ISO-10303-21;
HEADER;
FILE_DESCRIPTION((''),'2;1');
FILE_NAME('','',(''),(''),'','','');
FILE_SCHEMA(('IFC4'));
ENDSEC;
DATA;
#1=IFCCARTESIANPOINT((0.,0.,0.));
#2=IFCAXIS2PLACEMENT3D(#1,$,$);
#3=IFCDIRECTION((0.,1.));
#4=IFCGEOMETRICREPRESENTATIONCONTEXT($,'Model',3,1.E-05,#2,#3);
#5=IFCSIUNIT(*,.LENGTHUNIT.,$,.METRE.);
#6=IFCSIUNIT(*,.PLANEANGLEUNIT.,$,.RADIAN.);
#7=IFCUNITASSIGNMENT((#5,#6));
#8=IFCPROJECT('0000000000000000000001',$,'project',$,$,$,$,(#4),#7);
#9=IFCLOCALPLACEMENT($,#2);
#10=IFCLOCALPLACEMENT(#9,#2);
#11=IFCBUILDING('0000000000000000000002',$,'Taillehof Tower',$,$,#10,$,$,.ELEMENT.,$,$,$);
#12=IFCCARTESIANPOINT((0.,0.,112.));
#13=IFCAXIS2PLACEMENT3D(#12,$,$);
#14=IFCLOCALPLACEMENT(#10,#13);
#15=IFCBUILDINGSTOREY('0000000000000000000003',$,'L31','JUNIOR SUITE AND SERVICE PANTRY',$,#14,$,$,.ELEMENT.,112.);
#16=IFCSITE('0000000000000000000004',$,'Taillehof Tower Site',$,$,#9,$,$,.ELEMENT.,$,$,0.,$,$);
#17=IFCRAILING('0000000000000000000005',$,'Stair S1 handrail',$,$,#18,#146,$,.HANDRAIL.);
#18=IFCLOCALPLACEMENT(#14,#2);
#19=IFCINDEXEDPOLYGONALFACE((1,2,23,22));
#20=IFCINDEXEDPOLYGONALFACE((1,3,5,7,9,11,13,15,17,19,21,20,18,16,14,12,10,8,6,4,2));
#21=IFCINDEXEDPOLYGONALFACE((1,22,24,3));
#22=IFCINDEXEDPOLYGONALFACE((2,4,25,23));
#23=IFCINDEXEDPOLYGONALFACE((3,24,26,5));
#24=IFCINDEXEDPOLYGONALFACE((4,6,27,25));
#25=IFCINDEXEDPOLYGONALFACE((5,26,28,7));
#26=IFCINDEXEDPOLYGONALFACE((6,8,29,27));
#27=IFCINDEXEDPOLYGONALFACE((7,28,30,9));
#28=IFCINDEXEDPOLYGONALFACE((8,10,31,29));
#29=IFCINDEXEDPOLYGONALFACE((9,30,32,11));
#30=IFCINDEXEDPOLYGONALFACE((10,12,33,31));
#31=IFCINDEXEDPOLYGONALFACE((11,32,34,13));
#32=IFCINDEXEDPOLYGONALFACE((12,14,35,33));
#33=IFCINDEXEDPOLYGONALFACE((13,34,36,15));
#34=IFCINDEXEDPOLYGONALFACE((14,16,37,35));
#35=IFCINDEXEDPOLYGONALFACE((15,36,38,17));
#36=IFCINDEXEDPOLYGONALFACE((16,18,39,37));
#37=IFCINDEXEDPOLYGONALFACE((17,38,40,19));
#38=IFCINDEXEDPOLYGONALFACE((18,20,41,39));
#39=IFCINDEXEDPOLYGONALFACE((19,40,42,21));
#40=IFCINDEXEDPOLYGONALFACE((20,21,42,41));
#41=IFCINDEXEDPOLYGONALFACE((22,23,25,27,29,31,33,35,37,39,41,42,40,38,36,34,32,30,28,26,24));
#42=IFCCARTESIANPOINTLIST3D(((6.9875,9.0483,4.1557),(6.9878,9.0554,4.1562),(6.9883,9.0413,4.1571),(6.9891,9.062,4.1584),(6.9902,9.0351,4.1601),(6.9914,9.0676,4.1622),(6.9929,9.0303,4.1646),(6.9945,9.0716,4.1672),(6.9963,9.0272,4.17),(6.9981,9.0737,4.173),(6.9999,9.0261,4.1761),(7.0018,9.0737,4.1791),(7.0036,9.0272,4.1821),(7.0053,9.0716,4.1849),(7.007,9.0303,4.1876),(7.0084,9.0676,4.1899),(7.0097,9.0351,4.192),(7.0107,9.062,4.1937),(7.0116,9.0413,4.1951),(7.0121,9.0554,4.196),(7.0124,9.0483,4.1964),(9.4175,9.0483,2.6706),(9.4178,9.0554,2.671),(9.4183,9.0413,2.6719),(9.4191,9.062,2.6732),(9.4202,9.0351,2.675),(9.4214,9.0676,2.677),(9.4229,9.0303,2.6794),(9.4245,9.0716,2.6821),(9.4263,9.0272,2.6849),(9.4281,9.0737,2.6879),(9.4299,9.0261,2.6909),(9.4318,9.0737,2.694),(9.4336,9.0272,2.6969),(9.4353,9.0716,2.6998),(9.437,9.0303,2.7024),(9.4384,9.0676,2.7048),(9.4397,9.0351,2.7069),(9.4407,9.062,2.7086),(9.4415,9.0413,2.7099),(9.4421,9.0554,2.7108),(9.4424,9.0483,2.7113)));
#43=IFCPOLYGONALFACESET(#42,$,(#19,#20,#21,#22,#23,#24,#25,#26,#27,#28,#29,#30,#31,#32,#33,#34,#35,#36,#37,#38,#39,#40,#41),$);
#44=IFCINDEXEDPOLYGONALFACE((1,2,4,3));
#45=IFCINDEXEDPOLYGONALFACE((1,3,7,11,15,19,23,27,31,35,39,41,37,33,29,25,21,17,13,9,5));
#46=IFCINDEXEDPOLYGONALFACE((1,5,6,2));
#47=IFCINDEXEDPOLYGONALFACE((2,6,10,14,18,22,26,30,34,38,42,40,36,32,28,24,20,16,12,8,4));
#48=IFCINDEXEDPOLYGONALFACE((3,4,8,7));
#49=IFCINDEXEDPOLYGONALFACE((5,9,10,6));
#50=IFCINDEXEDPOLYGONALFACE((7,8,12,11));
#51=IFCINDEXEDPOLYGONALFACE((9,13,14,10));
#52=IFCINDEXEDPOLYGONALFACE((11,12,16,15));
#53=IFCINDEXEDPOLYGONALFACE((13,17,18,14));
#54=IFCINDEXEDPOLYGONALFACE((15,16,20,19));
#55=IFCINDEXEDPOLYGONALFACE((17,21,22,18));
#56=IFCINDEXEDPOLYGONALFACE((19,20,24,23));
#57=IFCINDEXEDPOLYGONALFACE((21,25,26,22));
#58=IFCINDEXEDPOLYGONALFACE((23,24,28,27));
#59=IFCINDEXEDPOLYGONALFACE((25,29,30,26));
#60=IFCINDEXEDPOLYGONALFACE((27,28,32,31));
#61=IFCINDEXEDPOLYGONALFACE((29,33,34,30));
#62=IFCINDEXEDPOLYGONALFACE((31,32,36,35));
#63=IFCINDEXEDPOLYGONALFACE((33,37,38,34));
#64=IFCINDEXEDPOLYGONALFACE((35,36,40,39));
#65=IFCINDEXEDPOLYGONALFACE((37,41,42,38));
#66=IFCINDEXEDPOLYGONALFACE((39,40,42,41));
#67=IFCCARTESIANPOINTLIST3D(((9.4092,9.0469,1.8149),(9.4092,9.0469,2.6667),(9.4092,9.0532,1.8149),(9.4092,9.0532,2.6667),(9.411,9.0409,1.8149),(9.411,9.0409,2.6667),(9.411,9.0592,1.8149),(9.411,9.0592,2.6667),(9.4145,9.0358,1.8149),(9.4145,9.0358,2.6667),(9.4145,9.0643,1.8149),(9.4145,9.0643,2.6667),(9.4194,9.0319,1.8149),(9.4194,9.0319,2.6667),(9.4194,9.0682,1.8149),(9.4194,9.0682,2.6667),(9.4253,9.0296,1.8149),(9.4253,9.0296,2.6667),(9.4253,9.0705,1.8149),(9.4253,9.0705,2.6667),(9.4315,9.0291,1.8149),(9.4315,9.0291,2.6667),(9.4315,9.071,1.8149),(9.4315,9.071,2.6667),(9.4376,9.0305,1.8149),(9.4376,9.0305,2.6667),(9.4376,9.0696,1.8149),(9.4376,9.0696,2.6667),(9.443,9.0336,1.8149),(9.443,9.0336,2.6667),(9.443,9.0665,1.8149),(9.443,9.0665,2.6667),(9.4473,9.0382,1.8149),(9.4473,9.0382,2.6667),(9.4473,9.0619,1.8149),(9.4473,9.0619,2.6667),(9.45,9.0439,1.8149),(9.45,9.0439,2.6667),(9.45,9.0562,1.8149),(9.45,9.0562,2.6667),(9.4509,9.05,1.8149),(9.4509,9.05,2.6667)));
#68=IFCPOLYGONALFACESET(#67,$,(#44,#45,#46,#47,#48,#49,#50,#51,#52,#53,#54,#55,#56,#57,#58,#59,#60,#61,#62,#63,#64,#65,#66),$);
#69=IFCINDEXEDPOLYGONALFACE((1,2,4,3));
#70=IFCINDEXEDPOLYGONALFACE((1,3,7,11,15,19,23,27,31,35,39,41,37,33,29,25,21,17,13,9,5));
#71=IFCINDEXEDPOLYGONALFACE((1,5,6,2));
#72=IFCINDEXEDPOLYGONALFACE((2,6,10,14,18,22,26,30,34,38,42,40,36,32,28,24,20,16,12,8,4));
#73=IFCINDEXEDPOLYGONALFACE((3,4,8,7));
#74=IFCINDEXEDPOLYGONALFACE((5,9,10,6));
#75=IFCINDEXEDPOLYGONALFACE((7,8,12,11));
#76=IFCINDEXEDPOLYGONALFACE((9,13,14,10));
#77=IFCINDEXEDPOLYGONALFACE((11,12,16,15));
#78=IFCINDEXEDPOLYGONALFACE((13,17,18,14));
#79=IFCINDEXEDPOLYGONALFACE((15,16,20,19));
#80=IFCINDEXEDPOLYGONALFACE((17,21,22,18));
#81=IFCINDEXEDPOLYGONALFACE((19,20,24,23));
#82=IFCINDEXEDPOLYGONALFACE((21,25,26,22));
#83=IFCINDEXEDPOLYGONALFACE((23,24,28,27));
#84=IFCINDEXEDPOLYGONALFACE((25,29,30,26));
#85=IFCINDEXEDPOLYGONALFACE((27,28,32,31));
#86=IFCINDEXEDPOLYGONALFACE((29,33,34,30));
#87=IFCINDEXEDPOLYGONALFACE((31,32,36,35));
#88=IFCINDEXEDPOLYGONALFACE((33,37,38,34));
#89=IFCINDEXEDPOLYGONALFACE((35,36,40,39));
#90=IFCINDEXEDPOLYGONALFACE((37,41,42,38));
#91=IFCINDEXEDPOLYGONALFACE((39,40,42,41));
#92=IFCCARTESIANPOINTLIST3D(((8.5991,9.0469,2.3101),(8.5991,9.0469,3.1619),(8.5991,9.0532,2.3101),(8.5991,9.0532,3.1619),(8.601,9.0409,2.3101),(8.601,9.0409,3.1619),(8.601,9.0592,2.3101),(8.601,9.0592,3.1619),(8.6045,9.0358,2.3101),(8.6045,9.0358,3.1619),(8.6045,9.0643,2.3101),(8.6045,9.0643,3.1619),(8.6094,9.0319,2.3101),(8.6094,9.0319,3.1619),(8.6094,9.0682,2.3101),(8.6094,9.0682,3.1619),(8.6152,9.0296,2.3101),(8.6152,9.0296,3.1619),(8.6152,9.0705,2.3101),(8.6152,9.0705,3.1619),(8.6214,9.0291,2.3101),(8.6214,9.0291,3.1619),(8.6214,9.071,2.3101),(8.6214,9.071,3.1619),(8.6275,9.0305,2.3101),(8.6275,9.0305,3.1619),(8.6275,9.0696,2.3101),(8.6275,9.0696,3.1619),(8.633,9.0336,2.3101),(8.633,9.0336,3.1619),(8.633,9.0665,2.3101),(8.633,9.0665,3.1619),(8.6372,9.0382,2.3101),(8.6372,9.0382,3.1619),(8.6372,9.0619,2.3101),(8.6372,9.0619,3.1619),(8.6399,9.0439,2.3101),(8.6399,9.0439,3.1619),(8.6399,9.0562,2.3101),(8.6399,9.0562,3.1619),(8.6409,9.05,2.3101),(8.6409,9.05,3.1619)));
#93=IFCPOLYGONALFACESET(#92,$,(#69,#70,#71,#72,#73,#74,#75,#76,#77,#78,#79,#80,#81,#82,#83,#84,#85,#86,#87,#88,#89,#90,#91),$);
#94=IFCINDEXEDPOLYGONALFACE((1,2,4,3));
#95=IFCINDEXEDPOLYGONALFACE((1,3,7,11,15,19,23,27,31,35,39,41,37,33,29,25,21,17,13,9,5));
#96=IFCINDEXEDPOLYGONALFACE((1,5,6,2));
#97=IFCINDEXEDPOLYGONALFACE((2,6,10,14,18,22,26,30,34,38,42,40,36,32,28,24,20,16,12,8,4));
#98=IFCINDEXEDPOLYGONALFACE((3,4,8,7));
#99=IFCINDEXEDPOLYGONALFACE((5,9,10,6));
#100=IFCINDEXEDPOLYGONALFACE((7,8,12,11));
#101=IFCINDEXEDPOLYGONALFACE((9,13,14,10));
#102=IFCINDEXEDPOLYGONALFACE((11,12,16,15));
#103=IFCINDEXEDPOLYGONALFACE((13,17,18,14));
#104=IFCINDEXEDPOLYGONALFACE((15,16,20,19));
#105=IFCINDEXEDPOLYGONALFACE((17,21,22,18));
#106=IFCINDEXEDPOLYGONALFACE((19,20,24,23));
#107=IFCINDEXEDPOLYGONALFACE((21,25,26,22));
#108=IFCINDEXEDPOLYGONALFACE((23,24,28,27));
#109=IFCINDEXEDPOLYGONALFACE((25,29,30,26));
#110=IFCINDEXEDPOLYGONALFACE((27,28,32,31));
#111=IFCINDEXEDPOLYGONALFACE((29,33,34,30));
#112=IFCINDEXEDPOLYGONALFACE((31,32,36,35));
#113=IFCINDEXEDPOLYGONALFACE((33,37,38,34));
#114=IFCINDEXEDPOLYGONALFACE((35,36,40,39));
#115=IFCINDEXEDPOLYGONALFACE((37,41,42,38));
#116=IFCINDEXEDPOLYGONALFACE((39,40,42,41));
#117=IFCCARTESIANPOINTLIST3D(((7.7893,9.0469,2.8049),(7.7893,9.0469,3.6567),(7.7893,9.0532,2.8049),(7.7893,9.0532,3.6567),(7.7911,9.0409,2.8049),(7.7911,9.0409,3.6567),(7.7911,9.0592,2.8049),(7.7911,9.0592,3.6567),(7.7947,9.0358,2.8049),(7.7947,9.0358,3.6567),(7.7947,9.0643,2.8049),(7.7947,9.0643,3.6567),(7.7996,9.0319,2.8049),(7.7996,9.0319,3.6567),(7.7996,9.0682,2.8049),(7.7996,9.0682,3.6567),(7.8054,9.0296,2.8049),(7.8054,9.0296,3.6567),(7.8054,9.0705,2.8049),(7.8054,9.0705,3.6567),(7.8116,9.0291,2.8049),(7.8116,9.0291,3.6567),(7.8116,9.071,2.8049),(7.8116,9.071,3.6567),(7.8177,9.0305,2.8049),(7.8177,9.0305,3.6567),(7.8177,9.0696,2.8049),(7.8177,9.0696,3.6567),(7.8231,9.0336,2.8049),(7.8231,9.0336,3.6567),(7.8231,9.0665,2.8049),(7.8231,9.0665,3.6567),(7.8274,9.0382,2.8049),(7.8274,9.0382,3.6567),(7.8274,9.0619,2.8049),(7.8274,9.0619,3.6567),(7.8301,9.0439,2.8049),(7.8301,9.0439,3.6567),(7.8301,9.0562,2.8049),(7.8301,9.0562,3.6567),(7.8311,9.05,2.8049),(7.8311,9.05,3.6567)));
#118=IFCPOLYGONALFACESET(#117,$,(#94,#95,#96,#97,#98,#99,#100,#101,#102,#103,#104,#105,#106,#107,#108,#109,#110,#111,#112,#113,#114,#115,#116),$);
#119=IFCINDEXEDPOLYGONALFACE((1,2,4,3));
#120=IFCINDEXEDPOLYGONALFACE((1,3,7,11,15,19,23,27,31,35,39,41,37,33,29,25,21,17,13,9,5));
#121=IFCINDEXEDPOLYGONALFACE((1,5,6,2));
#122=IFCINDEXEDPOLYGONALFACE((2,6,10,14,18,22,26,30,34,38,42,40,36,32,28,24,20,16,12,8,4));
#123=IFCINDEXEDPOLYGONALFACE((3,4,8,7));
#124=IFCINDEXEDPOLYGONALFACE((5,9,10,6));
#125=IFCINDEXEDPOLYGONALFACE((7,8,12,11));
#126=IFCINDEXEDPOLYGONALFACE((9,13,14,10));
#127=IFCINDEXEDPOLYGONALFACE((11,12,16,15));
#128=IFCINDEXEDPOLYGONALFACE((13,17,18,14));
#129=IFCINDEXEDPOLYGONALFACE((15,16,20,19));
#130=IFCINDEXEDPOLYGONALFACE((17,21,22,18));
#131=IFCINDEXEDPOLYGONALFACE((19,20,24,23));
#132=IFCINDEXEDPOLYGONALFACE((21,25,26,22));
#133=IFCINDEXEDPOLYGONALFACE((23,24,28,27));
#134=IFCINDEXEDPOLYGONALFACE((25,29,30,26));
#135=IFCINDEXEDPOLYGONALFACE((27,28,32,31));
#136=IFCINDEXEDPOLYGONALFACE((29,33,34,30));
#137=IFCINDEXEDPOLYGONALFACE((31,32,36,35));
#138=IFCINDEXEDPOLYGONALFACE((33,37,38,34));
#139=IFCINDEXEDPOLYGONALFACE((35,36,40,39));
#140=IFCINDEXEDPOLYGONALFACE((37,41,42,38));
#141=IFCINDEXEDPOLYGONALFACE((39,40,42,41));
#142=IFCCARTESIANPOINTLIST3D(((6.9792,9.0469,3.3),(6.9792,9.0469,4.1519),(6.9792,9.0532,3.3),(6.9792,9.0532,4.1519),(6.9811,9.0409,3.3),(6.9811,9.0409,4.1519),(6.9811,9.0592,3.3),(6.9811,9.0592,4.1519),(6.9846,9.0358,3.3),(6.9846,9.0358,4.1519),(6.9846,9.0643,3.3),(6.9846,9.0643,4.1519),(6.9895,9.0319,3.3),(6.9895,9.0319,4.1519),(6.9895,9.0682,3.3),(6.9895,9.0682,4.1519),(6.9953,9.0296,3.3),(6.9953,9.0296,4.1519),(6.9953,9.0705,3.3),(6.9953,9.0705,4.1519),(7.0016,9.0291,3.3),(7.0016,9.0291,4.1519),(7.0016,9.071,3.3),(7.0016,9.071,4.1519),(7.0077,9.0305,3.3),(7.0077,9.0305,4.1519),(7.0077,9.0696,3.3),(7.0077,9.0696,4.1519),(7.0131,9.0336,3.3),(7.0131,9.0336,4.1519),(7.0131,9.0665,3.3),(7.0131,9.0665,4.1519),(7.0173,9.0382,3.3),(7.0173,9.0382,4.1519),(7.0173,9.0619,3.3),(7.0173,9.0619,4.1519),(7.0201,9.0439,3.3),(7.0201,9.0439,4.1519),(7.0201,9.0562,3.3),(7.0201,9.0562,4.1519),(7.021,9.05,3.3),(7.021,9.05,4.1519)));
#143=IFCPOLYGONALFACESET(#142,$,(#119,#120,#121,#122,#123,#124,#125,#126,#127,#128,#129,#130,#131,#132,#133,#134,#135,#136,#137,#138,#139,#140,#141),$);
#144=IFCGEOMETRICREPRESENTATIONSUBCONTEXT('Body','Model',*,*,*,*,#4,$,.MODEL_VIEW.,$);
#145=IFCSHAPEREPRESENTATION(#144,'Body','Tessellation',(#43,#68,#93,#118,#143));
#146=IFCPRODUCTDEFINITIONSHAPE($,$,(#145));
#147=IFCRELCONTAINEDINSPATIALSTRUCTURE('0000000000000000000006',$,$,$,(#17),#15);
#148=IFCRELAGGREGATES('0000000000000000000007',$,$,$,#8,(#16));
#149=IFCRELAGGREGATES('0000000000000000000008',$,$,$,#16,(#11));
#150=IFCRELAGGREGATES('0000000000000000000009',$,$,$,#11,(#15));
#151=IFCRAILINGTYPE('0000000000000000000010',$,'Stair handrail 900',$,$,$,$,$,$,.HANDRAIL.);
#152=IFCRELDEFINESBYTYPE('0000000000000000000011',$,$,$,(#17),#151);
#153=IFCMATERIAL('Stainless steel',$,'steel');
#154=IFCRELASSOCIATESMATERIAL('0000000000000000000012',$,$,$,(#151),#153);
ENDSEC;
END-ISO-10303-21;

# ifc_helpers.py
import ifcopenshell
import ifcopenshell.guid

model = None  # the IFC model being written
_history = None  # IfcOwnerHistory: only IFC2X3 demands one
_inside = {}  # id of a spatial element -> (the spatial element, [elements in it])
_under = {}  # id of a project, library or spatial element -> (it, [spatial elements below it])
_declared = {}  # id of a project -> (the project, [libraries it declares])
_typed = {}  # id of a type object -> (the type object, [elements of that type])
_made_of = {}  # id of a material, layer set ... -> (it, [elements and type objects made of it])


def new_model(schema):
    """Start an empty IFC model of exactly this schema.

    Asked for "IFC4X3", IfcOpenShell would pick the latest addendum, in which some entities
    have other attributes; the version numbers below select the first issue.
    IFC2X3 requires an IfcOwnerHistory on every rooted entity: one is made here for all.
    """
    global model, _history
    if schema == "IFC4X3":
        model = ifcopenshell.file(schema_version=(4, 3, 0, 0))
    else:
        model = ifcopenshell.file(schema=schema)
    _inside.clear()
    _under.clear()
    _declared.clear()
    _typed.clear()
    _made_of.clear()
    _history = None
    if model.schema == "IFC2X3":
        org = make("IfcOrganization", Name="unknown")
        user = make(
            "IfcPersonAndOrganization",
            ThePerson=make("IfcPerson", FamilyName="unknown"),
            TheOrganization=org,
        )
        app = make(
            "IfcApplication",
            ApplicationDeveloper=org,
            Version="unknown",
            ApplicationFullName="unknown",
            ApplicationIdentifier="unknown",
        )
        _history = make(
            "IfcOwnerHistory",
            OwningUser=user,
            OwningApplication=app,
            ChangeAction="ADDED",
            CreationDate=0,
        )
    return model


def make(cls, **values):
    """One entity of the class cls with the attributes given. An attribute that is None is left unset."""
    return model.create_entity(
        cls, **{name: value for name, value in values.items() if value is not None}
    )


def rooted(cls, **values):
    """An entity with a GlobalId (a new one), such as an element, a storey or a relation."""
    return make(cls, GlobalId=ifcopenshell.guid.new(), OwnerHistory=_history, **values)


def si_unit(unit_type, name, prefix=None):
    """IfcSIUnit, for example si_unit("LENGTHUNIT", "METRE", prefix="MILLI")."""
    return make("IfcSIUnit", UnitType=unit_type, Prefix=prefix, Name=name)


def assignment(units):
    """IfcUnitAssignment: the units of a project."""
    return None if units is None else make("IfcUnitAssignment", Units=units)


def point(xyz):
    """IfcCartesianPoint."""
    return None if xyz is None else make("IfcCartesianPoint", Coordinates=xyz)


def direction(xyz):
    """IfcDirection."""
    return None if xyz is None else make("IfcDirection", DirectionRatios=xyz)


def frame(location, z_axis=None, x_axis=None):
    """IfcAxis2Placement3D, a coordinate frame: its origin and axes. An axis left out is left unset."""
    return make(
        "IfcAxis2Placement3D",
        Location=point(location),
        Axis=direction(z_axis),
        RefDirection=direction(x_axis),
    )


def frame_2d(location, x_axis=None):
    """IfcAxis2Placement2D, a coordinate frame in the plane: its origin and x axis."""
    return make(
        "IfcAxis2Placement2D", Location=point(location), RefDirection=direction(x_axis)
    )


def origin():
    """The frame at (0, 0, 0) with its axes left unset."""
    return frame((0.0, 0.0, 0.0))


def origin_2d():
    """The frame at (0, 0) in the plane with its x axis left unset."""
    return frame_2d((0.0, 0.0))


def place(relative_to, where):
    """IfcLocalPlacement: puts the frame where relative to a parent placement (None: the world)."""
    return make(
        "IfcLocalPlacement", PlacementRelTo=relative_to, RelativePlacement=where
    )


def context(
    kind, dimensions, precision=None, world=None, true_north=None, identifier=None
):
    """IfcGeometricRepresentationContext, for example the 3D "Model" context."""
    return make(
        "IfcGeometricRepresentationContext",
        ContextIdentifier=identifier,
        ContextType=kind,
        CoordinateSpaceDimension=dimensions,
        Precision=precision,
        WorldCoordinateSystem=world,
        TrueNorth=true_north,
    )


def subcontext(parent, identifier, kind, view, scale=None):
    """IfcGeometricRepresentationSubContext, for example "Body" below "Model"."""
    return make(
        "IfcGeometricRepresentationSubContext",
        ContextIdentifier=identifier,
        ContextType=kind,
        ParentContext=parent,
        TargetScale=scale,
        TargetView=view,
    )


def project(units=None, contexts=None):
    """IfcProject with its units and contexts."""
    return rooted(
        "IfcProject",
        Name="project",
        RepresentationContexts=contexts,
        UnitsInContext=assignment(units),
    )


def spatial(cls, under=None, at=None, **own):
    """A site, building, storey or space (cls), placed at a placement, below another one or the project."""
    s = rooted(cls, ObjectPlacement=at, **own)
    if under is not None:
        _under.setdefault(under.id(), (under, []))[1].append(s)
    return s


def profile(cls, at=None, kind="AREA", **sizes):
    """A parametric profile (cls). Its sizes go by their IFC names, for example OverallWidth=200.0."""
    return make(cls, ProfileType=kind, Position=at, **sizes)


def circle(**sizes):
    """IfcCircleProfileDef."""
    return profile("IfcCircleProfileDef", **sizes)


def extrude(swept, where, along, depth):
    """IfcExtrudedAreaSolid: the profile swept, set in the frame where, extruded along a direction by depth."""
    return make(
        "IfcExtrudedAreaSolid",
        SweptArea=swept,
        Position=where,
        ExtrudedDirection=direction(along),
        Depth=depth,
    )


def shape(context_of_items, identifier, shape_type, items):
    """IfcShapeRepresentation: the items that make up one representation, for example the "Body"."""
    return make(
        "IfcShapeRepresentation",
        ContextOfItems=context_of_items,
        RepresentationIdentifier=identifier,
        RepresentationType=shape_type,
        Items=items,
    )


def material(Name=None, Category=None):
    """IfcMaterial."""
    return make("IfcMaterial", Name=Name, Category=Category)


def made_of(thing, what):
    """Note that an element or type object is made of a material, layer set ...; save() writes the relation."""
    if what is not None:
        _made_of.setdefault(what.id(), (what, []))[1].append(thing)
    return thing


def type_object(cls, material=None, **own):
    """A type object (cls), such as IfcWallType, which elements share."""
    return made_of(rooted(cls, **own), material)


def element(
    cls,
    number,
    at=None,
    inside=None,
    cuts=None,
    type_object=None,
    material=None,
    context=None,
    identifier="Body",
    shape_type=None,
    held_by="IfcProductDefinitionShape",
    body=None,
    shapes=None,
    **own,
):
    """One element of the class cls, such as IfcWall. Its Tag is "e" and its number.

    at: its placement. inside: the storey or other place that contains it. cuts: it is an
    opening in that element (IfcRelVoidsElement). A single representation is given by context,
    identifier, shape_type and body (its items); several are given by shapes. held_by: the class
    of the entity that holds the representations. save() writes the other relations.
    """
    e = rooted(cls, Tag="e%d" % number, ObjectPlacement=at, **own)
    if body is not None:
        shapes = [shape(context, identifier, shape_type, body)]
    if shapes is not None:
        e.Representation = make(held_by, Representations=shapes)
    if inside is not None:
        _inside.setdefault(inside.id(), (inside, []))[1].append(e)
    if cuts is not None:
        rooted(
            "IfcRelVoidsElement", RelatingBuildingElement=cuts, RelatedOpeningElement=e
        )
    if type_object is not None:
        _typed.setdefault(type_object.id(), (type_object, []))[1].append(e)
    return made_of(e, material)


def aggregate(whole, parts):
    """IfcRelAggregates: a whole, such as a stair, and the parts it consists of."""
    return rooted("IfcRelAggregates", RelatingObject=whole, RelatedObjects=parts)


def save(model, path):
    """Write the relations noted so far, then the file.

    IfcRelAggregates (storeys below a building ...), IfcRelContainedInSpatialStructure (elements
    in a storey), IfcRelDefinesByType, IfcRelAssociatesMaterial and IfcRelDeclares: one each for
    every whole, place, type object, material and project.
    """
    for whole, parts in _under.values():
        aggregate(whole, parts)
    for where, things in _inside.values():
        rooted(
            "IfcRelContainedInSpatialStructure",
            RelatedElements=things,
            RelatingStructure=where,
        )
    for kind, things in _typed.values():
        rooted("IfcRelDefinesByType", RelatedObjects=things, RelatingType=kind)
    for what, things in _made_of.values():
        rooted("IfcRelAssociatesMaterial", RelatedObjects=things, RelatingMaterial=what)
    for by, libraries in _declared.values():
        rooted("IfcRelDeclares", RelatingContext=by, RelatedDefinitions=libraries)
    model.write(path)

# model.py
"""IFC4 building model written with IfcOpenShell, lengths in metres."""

from ifc_helpers import new_model, si_unit, direction, frame, origin, origin_2d, place, context, subcontext, project, spatial, circle, extrude, material, type_object, element, save


model = new_model("IFC4")

# Units and contexts
model_context = context("Model", 3, precision=1e-05, world=origin(), true_north=direction((0.0, 1.0)))
body_context = subcontext(model_context, "Body", "Model", "MODEL_VIEW")
ifc_project = project(units=[si_unit("LENGTHUNIT", "METRE"), si_unit("PLANEANGLEUNIT", "RADIAN")], contexts=[model_context])

# Site, building, storey
site_placement = place(None, origin())
site = spatial("IfcSite", under=ifc_project, at=site_placement, Name="Taillehof Tower Site", CompositionType="ELEMENT", RefElevation=0.0)
building_placement = place(site_placement, origin())
building = spatial("IfcBuilding", under=site, at=building_placement, Name="Taillehof Tower", CompositionType="ELEMENT")
storey_placement = place(building_placement, frame((0.0, 0.0, 112.0)))
storey = spatial("IfcBuildingStorey", under=building, at=storey_placement, Name="L31", Description="JUNIOR SUITE AND SERVICE PANTRY", CompositionType="ELEMENT", Elevation=112.0)

# Railing
ifc_material_1 = material(Name="Stainless steel", Category="steel")
railing_type = type_object("IfcRailingType", Name="Stair handrail 900", PredefinedType="HANDRAIL", material=ifc_material_1)
railing_placement = place(storey_placement, frame((9.4299, 9.05, 1.8149)))
element("IfcRailing", 1, at=railing_placement, inside=storey, type_object=railing_type, Name="Stair S1 handrail", PredefinedType="HANDRAIL", context=body_context, shape_type="SweptSolid", body=[
    extrude(circle(Radius=0.0239, at=origin_2d()), frame((0.0, 0.0, 0.876), z_axis=(-0.853259, 0.0, 0.521488), x_axis=(0.0, -1.0, 0.0)), (0.0, 0.0, 1.0), 2.8479),
    extrude(circle(Radius=0.021, at=origin_2d()), origin(), (0.0, 0.0, 1.0), 0.8518),
    extrude(circle(Radius=0.021, at=origin_2d()), frame((-0.8101, 0.0, 0.4951)), (0.0, 0.0, 1.0), 0.8518),
    extrude(circle(Radius=0.021, at=origin_2d()), frame((-1.6199, 0.0, 0.99)), (0.0, 0.0, 1.0), 0.8518),
    extrude(circle(Radius=0.021, at=origin_2d()), frame((-2.4299, 0.0, 1.4851)), (0.0, 0.0, 1.0), 0.8518),
])

save(model, "model.ifc")
